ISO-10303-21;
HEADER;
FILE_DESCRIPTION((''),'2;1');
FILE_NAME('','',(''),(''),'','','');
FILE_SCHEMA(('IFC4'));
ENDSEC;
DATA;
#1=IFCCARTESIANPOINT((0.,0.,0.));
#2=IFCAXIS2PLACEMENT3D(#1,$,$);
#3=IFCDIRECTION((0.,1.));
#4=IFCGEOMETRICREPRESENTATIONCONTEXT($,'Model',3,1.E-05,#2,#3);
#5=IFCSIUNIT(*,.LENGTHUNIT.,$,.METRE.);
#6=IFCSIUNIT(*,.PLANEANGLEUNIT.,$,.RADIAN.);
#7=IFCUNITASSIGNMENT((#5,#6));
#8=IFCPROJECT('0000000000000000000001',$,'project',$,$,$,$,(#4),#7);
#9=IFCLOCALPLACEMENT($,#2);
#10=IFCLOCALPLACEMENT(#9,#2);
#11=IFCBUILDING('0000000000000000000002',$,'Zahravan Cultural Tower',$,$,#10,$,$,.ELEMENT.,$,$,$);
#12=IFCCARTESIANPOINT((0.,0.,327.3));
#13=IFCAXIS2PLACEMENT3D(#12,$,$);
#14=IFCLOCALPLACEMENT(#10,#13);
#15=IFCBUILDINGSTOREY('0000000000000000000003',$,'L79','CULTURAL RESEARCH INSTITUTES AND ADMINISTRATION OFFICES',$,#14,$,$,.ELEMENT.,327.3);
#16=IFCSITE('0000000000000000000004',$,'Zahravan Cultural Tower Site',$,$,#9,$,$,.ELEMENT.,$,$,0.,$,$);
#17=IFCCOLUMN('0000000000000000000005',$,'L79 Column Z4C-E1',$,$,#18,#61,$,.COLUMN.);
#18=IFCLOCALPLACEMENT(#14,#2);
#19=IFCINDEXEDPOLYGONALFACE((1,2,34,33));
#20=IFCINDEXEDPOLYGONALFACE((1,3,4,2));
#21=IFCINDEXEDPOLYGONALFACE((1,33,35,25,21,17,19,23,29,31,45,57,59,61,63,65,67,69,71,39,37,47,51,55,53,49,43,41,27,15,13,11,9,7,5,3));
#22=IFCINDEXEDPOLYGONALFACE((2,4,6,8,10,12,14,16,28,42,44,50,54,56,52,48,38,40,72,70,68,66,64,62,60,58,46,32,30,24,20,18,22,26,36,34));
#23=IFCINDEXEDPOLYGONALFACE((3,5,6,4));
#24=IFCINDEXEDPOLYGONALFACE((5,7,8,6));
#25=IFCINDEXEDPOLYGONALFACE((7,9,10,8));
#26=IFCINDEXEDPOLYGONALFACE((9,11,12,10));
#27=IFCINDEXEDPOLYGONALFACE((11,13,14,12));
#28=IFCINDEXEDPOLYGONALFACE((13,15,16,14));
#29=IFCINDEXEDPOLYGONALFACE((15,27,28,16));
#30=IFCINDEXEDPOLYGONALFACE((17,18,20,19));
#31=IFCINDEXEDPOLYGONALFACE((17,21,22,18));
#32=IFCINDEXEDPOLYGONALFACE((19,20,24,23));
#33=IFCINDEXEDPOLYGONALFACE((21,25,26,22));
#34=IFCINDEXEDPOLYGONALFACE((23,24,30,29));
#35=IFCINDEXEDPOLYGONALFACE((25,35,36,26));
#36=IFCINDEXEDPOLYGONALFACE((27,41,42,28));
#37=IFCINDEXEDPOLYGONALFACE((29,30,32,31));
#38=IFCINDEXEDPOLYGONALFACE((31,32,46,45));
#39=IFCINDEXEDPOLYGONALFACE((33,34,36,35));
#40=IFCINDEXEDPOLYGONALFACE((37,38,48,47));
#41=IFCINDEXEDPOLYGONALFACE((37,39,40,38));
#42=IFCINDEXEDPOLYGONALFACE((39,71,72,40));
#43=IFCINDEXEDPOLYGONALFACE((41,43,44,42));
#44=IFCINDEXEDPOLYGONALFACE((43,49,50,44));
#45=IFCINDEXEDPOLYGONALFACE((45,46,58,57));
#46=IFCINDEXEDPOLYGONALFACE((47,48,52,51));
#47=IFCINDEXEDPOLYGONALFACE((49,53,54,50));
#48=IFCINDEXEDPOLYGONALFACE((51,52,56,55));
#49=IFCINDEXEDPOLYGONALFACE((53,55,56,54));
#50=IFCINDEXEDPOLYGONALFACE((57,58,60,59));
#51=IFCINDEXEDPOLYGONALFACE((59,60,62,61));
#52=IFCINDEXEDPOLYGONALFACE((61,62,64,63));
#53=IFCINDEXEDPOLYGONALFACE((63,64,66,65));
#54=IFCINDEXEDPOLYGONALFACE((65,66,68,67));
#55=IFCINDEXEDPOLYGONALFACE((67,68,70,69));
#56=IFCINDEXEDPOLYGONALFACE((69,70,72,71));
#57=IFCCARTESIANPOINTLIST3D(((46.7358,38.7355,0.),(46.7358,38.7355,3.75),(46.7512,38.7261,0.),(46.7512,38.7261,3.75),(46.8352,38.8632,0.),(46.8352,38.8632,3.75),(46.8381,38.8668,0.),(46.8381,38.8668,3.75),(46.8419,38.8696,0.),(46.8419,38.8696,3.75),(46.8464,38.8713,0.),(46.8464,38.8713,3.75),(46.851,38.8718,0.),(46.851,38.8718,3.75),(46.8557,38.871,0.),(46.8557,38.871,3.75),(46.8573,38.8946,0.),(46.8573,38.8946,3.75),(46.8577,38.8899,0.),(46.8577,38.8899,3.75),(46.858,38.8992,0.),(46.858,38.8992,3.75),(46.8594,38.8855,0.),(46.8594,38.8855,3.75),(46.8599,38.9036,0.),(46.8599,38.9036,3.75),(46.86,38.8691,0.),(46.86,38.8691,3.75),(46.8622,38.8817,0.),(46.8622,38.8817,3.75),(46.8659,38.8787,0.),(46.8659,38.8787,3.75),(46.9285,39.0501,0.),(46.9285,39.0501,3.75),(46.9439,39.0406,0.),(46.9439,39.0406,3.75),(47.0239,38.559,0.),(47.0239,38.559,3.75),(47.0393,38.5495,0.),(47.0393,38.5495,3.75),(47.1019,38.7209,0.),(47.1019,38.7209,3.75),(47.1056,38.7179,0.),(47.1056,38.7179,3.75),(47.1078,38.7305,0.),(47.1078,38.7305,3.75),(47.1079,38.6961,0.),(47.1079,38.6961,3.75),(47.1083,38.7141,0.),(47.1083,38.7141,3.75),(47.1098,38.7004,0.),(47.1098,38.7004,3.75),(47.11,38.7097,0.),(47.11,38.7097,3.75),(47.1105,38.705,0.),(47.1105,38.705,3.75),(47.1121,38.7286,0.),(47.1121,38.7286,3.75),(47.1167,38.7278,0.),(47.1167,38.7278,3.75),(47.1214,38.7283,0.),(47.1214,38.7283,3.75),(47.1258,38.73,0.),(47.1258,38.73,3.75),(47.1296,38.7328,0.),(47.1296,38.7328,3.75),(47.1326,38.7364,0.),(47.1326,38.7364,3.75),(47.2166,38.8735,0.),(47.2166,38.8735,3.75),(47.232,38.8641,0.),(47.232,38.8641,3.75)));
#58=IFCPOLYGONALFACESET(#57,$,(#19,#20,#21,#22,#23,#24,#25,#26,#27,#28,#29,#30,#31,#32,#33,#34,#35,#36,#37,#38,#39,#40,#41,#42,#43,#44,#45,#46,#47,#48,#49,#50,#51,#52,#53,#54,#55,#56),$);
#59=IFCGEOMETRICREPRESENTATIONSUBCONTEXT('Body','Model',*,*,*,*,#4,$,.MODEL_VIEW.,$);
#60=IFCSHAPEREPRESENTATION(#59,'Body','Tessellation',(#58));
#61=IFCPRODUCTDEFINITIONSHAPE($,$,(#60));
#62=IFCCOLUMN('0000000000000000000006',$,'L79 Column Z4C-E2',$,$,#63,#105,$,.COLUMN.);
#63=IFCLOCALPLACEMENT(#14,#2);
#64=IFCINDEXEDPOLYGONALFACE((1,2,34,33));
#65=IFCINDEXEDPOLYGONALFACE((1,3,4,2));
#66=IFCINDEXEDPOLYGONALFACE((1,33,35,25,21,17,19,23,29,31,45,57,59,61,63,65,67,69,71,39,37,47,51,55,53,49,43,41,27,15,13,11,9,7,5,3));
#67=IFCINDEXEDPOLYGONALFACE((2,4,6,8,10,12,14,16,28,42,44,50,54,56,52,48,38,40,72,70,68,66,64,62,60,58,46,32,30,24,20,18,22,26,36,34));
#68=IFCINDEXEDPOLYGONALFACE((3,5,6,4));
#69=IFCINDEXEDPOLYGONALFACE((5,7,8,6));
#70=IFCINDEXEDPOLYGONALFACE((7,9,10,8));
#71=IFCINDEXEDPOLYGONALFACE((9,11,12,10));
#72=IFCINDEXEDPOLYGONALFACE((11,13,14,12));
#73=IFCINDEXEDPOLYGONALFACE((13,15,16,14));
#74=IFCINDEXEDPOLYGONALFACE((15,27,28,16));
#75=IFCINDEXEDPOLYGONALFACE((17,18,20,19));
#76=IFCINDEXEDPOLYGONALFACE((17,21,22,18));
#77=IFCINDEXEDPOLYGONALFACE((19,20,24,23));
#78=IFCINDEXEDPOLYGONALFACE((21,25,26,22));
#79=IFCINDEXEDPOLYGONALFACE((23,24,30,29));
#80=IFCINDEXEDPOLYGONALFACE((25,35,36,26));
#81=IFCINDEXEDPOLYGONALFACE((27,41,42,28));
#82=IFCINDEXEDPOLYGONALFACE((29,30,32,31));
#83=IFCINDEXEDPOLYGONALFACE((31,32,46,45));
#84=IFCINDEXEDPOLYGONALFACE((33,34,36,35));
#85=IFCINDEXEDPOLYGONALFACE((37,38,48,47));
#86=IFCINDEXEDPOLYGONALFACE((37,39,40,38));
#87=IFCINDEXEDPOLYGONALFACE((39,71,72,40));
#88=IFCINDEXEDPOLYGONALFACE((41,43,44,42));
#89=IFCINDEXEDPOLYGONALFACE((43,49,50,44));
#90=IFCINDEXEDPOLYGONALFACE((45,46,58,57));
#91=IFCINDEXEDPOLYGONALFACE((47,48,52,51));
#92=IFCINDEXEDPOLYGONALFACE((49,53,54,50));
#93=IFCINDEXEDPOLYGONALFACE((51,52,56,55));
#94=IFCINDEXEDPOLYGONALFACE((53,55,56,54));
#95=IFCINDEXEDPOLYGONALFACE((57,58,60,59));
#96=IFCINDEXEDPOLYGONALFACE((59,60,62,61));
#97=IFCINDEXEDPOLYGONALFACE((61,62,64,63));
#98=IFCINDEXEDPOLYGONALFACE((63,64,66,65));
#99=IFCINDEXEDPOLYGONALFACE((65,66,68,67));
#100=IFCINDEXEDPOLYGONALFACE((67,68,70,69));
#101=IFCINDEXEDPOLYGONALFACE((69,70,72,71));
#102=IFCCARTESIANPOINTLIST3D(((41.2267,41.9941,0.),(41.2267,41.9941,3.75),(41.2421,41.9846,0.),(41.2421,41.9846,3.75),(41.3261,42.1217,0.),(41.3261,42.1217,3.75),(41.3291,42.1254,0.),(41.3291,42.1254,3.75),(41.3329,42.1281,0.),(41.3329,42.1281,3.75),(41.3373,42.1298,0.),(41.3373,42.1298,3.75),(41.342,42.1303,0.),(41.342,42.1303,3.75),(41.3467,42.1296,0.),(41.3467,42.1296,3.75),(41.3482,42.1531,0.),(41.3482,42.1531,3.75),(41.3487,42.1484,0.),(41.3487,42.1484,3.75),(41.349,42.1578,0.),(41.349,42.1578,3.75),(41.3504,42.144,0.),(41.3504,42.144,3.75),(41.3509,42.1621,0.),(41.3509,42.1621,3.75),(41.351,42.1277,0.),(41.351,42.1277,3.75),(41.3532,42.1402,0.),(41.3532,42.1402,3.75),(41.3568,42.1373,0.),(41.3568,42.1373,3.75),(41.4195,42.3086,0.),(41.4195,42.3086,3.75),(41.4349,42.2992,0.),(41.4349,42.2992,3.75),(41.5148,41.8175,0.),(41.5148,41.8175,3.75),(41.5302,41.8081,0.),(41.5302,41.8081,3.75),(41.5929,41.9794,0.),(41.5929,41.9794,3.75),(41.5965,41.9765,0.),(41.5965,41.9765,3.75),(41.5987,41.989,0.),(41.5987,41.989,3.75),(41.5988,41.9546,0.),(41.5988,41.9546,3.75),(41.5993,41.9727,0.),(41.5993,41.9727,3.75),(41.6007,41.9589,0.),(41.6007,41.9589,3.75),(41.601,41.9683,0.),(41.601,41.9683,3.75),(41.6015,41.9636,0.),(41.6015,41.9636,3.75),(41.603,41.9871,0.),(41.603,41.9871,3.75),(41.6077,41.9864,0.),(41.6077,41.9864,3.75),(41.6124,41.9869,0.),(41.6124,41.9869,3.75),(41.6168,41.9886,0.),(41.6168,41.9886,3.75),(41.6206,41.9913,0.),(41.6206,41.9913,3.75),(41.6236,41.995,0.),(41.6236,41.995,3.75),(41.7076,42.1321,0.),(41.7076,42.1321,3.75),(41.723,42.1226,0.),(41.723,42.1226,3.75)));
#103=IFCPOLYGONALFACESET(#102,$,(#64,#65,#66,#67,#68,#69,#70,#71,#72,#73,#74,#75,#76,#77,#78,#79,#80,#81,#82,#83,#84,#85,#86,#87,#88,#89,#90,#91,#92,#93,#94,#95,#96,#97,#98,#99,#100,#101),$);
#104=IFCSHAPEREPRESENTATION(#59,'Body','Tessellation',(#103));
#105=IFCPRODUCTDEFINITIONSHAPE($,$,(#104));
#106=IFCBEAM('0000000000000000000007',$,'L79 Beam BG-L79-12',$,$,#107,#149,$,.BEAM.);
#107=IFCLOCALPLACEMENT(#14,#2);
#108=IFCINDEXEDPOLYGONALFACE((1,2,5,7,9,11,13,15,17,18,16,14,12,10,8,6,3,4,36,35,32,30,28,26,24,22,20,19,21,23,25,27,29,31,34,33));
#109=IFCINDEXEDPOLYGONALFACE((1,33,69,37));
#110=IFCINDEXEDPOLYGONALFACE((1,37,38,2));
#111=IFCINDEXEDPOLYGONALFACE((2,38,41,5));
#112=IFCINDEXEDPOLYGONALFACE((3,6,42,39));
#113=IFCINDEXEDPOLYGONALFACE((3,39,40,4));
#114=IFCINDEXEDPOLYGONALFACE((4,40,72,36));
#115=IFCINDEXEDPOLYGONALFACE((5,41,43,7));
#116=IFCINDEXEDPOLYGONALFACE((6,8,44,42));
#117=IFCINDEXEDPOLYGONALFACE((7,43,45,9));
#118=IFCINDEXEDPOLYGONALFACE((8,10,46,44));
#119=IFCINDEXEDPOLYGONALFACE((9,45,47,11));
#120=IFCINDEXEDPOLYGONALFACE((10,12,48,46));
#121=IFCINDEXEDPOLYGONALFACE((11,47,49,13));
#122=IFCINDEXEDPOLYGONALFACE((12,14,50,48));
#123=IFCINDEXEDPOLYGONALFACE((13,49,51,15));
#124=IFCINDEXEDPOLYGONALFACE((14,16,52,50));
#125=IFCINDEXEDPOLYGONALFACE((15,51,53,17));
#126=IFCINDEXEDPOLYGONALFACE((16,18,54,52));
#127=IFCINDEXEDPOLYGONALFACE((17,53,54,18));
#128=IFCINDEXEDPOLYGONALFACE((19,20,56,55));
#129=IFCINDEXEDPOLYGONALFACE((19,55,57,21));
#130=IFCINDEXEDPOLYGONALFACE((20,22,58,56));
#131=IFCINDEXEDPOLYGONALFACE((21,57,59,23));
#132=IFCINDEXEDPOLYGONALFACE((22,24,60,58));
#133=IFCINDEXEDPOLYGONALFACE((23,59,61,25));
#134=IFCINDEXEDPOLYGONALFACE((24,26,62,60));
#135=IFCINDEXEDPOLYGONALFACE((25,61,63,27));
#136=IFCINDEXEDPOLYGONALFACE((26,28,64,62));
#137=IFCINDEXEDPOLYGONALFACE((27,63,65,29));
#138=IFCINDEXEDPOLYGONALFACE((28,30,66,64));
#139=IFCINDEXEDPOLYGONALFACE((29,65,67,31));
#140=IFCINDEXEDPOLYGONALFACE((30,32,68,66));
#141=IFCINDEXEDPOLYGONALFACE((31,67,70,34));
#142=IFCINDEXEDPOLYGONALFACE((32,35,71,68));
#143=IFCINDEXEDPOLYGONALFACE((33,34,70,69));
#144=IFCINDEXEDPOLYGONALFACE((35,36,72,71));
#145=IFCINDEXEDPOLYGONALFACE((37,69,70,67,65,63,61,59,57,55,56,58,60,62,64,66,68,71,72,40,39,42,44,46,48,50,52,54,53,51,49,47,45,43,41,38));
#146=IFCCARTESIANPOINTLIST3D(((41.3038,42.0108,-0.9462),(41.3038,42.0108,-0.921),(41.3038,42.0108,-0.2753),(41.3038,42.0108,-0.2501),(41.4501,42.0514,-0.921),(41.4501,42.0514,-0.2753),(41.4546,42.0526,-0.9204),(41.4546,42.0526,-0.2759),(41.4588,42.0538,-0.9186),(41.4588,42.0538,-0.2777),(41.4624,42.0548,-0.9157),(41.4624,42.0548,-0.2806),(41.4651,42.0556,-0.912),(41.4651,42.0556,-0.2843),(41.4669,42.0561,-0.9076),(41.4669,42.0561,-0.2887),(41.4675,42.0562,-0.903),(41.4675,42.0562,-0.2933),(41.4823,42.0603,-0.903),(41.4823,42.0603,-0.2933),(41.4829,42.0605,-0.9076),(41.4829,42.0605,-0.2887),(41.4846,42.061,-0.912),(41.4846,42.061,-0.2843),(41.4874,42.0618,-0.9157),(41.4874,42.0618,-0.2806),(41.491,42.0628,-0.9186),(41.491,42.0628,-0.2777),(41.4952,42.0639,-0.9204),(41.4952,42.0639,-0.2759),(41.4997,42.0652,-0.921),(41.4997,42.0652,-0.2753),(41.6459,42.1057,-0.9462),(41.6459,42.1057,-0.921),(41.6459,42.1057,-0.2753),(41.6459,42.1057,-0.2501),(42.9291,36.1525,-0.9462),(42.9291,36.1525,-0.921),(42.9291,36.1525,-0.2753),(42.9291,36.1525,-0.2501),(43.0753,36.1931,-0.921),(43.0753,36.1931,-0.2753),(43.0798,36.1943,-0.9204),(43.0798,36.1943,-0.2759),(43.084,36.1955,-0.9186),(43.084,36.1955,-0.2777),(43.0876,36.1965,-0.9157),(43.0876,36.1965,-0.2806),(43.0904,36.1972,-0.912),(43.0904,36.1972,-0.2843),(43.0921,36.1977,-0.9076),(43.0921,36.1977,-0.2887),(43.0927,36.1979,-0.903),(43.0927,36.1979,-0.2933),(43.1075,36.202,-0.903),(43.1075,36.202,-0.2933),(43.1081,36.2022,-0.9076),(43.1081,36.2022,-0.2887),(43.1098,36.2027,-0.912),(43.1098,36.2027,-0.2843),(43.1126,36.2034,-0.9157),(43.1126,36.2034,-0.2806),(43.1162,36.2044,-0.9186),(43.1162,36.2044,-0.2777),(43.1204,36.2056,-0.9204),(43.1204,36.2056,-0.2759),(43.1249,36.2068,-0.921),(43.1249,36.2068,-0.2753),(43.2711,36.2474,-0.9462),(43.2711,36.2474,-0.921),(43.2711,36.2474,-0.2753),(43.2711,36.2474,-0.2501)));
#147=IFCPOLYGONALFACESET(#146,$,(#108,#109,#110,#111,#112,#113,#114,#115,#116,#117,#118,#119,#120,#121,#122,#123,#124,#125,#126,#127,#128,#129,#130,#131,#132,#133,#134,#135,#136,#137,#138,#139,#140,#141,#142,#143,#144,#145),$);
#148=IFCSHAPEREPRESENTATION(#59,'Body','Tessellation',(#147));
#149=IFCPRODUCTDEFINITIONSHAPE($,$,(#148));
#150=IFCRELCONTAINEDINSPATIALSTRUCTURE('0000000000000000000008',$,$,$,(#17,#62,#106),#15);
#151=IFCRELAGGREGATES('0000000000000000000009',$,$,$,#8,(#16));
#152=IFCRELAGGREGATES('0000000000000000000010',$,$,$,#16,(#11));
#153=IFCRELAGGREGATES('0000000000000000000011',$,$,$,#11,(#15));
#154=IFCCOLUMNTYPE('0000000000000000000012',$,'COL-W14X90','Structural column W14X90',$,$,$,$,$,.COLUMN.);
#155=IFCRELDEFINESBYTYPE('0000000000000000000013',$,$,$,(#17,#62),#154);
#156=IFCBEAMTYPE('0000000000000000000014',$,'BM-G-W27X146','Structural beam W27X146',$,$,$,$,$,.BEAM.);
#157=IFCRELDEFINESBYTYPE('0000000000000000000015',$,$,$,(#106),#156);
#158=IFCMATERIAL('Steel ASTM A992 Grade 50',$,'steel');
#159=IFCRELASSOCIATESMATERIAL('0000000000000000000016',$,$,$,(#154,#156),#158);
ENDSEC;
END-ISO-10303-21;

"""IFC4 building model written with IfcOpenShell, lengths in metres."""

from ifc_helpers import new_model, si_unit, direction, frame, origin, origin_2d, place, context, subcontext, project, spatial, i_section, extrude, source, transform, mapped, material, material_profile, profile_set, type_object, element, save


model = new_model("IFC4")

# Units and contexts
model_context = context("Model", 3, precision=1e-05, world=origin(), true_north=direction((0.0, 1.0)))
body_context = subcontext(model_context, "Body", "Model", "MODEL_VIEW")
ifc_project = project(units=[si_unit("LENGTHUNIT", "METRE"), si_unit("PLANEANGLEUNIT", "RADIAN")], contexts=[model_context])

# Site, building, storey
site_placement = place(None, origin())
site = spatial("IfcSite", under=ifc_project, at=site_placement, Name="Zahravan Cultural Tower Site", CompositionType="ELEMENT", RefElevation=0.0)
building_placement = place(site_placement, origin())
building = spatial("IfcBuilding", under=site, at=building_placement, Name="Zahravan Cultural Tower", CompositionType="ELEMENT")
storey_placement = place(building_placement, frame((0.0, 0.0, 327.3)))
storey = spatial("IfcBuildingStorey", under=building, at=storey_placement, Name="L79", Description="CULTURAL RESEARCH INSTITUTES AND ADMINISTRATION OFFICES", CompositionType="ELEMENT", Elevation=327.3)

# Columns
ifc_material_1 = material(Name="Steel ASTM A992 Grade 50", Category="steel")
ifc_material_profile_1 = material_profile(ifc_material_1, i_section(OverallWidth=0.3689, OverallDepth=0.356, WebThickness=0.0112, FlangeThickness=0.0181, FilletRadius=0.0181, at=origin_2d()), Name="W14X90")
ifc_profile_set_1 = profile_set([ifc_material_profile_1], Name="Steel ASTM A992 Grade 50")
column_type = type_object("IfcColumnType", Name="COL-W14X90", Description="Structural column W14X90", PredefinedType="COLUMN", material=ifc_profile_set_1)
shared_shape_1 = source(origin(), body_context, "Body", "SweptSolid", [
    extrude(i_section(OverallWidth=0.3689, OverallDepth=0.356, WebThickness=0.0112, FlangeThickness=0.0181, FilletRadius=0.0181, at=origin_2d()), origin(), (0.0, 0.0, 1.0), 3.75),
])
for number, where, z_axis, x_axis, name in (
    (1, (46.9839, 38.7998, 0.0), (0.0, 0.0, 1.0), (0.522499, 0.85264, 0.0), "L79 Column Z4C-E1"),
    (2, (41.4749, 42.0583, 0.0), (0.0, 0.0, 1.0), (0.522499, 0.85264, 0.0), "L79 Column Z4C-E2"),
):
    element("IfcColumn", number, at=place(storey_placement, frame(where, z_axis=z_axis, x_axis=x_axis)), inside=storey, type_object=column_type, Name=name, PredefinedType="COLUMN", context=body_context, shape_type="MappedRepresentation", body=[
        mapped(shared_shape_1, transform((0.0, 0.0, 0.0), x_axis=(1.0, 0.0, 0.0), y_axis=(0.0, 1.0, 0.0), z_axis=(0.0, 0.0, 1.0), scale=1.0)),
    ])

# Beam
ifc_material_profile_2 = material_profile(ifc_material_1, i_section(OverallWidth=0.355, OverallDepth=0.696, WebThickness=0.0154, FlangeThickness=0.0251, FilletRadius=0.0181, at=origin_2d()), Name="W27X146")
ifc_profile_set_2 = profile_set([ifc_material_profile_2], Name="Steel ASTM A992 Grade 50")
beam_type_1 = type_object("IfcBeamType", Name="BM-G-W27X146", Description="Structural beam W27X146", PredefinedType="BEAM", material=ifc_profile_set_2)
shared_shape_2 = source(origin(), body_context, "Body", "SweptSolid", [
    extrude(i_section(OverallWidth=0.355, OverallDepth=0.696, WebThickness=0.0154, FlangeThickness=0.0251, FilletRadius=0.0181, at=origin_2d()), origin(), (0.0, 0.0, 1.0), 6.0796),
])
beam_1_placement = place(storey_placement, frame((43.1001, 36.2, -0.5981), z_axis=(-0.267325, 0.963606, 0.0), x_axis=(-0.963606, -0.267325, 0.0)))
element("IfcBeam", 3, at=beam_1_placement, inside=storey, type_object=beam_type_1, Name="L79 Beam BG-L79-12", PredefinedType="BEAM", context=body_context, shape_type="MappedRepresentation", body=[
    mapped(shared_shape_2, transform((0.0, 0.0, 0.0), x_axis=(1.0, 0.0, 0.0), y_axis=(0.0, 1.0, 0.0), z_axis=(0.0, 0.0, 1.0), scale=1.0)),
])

save(model, "model.ifc")
